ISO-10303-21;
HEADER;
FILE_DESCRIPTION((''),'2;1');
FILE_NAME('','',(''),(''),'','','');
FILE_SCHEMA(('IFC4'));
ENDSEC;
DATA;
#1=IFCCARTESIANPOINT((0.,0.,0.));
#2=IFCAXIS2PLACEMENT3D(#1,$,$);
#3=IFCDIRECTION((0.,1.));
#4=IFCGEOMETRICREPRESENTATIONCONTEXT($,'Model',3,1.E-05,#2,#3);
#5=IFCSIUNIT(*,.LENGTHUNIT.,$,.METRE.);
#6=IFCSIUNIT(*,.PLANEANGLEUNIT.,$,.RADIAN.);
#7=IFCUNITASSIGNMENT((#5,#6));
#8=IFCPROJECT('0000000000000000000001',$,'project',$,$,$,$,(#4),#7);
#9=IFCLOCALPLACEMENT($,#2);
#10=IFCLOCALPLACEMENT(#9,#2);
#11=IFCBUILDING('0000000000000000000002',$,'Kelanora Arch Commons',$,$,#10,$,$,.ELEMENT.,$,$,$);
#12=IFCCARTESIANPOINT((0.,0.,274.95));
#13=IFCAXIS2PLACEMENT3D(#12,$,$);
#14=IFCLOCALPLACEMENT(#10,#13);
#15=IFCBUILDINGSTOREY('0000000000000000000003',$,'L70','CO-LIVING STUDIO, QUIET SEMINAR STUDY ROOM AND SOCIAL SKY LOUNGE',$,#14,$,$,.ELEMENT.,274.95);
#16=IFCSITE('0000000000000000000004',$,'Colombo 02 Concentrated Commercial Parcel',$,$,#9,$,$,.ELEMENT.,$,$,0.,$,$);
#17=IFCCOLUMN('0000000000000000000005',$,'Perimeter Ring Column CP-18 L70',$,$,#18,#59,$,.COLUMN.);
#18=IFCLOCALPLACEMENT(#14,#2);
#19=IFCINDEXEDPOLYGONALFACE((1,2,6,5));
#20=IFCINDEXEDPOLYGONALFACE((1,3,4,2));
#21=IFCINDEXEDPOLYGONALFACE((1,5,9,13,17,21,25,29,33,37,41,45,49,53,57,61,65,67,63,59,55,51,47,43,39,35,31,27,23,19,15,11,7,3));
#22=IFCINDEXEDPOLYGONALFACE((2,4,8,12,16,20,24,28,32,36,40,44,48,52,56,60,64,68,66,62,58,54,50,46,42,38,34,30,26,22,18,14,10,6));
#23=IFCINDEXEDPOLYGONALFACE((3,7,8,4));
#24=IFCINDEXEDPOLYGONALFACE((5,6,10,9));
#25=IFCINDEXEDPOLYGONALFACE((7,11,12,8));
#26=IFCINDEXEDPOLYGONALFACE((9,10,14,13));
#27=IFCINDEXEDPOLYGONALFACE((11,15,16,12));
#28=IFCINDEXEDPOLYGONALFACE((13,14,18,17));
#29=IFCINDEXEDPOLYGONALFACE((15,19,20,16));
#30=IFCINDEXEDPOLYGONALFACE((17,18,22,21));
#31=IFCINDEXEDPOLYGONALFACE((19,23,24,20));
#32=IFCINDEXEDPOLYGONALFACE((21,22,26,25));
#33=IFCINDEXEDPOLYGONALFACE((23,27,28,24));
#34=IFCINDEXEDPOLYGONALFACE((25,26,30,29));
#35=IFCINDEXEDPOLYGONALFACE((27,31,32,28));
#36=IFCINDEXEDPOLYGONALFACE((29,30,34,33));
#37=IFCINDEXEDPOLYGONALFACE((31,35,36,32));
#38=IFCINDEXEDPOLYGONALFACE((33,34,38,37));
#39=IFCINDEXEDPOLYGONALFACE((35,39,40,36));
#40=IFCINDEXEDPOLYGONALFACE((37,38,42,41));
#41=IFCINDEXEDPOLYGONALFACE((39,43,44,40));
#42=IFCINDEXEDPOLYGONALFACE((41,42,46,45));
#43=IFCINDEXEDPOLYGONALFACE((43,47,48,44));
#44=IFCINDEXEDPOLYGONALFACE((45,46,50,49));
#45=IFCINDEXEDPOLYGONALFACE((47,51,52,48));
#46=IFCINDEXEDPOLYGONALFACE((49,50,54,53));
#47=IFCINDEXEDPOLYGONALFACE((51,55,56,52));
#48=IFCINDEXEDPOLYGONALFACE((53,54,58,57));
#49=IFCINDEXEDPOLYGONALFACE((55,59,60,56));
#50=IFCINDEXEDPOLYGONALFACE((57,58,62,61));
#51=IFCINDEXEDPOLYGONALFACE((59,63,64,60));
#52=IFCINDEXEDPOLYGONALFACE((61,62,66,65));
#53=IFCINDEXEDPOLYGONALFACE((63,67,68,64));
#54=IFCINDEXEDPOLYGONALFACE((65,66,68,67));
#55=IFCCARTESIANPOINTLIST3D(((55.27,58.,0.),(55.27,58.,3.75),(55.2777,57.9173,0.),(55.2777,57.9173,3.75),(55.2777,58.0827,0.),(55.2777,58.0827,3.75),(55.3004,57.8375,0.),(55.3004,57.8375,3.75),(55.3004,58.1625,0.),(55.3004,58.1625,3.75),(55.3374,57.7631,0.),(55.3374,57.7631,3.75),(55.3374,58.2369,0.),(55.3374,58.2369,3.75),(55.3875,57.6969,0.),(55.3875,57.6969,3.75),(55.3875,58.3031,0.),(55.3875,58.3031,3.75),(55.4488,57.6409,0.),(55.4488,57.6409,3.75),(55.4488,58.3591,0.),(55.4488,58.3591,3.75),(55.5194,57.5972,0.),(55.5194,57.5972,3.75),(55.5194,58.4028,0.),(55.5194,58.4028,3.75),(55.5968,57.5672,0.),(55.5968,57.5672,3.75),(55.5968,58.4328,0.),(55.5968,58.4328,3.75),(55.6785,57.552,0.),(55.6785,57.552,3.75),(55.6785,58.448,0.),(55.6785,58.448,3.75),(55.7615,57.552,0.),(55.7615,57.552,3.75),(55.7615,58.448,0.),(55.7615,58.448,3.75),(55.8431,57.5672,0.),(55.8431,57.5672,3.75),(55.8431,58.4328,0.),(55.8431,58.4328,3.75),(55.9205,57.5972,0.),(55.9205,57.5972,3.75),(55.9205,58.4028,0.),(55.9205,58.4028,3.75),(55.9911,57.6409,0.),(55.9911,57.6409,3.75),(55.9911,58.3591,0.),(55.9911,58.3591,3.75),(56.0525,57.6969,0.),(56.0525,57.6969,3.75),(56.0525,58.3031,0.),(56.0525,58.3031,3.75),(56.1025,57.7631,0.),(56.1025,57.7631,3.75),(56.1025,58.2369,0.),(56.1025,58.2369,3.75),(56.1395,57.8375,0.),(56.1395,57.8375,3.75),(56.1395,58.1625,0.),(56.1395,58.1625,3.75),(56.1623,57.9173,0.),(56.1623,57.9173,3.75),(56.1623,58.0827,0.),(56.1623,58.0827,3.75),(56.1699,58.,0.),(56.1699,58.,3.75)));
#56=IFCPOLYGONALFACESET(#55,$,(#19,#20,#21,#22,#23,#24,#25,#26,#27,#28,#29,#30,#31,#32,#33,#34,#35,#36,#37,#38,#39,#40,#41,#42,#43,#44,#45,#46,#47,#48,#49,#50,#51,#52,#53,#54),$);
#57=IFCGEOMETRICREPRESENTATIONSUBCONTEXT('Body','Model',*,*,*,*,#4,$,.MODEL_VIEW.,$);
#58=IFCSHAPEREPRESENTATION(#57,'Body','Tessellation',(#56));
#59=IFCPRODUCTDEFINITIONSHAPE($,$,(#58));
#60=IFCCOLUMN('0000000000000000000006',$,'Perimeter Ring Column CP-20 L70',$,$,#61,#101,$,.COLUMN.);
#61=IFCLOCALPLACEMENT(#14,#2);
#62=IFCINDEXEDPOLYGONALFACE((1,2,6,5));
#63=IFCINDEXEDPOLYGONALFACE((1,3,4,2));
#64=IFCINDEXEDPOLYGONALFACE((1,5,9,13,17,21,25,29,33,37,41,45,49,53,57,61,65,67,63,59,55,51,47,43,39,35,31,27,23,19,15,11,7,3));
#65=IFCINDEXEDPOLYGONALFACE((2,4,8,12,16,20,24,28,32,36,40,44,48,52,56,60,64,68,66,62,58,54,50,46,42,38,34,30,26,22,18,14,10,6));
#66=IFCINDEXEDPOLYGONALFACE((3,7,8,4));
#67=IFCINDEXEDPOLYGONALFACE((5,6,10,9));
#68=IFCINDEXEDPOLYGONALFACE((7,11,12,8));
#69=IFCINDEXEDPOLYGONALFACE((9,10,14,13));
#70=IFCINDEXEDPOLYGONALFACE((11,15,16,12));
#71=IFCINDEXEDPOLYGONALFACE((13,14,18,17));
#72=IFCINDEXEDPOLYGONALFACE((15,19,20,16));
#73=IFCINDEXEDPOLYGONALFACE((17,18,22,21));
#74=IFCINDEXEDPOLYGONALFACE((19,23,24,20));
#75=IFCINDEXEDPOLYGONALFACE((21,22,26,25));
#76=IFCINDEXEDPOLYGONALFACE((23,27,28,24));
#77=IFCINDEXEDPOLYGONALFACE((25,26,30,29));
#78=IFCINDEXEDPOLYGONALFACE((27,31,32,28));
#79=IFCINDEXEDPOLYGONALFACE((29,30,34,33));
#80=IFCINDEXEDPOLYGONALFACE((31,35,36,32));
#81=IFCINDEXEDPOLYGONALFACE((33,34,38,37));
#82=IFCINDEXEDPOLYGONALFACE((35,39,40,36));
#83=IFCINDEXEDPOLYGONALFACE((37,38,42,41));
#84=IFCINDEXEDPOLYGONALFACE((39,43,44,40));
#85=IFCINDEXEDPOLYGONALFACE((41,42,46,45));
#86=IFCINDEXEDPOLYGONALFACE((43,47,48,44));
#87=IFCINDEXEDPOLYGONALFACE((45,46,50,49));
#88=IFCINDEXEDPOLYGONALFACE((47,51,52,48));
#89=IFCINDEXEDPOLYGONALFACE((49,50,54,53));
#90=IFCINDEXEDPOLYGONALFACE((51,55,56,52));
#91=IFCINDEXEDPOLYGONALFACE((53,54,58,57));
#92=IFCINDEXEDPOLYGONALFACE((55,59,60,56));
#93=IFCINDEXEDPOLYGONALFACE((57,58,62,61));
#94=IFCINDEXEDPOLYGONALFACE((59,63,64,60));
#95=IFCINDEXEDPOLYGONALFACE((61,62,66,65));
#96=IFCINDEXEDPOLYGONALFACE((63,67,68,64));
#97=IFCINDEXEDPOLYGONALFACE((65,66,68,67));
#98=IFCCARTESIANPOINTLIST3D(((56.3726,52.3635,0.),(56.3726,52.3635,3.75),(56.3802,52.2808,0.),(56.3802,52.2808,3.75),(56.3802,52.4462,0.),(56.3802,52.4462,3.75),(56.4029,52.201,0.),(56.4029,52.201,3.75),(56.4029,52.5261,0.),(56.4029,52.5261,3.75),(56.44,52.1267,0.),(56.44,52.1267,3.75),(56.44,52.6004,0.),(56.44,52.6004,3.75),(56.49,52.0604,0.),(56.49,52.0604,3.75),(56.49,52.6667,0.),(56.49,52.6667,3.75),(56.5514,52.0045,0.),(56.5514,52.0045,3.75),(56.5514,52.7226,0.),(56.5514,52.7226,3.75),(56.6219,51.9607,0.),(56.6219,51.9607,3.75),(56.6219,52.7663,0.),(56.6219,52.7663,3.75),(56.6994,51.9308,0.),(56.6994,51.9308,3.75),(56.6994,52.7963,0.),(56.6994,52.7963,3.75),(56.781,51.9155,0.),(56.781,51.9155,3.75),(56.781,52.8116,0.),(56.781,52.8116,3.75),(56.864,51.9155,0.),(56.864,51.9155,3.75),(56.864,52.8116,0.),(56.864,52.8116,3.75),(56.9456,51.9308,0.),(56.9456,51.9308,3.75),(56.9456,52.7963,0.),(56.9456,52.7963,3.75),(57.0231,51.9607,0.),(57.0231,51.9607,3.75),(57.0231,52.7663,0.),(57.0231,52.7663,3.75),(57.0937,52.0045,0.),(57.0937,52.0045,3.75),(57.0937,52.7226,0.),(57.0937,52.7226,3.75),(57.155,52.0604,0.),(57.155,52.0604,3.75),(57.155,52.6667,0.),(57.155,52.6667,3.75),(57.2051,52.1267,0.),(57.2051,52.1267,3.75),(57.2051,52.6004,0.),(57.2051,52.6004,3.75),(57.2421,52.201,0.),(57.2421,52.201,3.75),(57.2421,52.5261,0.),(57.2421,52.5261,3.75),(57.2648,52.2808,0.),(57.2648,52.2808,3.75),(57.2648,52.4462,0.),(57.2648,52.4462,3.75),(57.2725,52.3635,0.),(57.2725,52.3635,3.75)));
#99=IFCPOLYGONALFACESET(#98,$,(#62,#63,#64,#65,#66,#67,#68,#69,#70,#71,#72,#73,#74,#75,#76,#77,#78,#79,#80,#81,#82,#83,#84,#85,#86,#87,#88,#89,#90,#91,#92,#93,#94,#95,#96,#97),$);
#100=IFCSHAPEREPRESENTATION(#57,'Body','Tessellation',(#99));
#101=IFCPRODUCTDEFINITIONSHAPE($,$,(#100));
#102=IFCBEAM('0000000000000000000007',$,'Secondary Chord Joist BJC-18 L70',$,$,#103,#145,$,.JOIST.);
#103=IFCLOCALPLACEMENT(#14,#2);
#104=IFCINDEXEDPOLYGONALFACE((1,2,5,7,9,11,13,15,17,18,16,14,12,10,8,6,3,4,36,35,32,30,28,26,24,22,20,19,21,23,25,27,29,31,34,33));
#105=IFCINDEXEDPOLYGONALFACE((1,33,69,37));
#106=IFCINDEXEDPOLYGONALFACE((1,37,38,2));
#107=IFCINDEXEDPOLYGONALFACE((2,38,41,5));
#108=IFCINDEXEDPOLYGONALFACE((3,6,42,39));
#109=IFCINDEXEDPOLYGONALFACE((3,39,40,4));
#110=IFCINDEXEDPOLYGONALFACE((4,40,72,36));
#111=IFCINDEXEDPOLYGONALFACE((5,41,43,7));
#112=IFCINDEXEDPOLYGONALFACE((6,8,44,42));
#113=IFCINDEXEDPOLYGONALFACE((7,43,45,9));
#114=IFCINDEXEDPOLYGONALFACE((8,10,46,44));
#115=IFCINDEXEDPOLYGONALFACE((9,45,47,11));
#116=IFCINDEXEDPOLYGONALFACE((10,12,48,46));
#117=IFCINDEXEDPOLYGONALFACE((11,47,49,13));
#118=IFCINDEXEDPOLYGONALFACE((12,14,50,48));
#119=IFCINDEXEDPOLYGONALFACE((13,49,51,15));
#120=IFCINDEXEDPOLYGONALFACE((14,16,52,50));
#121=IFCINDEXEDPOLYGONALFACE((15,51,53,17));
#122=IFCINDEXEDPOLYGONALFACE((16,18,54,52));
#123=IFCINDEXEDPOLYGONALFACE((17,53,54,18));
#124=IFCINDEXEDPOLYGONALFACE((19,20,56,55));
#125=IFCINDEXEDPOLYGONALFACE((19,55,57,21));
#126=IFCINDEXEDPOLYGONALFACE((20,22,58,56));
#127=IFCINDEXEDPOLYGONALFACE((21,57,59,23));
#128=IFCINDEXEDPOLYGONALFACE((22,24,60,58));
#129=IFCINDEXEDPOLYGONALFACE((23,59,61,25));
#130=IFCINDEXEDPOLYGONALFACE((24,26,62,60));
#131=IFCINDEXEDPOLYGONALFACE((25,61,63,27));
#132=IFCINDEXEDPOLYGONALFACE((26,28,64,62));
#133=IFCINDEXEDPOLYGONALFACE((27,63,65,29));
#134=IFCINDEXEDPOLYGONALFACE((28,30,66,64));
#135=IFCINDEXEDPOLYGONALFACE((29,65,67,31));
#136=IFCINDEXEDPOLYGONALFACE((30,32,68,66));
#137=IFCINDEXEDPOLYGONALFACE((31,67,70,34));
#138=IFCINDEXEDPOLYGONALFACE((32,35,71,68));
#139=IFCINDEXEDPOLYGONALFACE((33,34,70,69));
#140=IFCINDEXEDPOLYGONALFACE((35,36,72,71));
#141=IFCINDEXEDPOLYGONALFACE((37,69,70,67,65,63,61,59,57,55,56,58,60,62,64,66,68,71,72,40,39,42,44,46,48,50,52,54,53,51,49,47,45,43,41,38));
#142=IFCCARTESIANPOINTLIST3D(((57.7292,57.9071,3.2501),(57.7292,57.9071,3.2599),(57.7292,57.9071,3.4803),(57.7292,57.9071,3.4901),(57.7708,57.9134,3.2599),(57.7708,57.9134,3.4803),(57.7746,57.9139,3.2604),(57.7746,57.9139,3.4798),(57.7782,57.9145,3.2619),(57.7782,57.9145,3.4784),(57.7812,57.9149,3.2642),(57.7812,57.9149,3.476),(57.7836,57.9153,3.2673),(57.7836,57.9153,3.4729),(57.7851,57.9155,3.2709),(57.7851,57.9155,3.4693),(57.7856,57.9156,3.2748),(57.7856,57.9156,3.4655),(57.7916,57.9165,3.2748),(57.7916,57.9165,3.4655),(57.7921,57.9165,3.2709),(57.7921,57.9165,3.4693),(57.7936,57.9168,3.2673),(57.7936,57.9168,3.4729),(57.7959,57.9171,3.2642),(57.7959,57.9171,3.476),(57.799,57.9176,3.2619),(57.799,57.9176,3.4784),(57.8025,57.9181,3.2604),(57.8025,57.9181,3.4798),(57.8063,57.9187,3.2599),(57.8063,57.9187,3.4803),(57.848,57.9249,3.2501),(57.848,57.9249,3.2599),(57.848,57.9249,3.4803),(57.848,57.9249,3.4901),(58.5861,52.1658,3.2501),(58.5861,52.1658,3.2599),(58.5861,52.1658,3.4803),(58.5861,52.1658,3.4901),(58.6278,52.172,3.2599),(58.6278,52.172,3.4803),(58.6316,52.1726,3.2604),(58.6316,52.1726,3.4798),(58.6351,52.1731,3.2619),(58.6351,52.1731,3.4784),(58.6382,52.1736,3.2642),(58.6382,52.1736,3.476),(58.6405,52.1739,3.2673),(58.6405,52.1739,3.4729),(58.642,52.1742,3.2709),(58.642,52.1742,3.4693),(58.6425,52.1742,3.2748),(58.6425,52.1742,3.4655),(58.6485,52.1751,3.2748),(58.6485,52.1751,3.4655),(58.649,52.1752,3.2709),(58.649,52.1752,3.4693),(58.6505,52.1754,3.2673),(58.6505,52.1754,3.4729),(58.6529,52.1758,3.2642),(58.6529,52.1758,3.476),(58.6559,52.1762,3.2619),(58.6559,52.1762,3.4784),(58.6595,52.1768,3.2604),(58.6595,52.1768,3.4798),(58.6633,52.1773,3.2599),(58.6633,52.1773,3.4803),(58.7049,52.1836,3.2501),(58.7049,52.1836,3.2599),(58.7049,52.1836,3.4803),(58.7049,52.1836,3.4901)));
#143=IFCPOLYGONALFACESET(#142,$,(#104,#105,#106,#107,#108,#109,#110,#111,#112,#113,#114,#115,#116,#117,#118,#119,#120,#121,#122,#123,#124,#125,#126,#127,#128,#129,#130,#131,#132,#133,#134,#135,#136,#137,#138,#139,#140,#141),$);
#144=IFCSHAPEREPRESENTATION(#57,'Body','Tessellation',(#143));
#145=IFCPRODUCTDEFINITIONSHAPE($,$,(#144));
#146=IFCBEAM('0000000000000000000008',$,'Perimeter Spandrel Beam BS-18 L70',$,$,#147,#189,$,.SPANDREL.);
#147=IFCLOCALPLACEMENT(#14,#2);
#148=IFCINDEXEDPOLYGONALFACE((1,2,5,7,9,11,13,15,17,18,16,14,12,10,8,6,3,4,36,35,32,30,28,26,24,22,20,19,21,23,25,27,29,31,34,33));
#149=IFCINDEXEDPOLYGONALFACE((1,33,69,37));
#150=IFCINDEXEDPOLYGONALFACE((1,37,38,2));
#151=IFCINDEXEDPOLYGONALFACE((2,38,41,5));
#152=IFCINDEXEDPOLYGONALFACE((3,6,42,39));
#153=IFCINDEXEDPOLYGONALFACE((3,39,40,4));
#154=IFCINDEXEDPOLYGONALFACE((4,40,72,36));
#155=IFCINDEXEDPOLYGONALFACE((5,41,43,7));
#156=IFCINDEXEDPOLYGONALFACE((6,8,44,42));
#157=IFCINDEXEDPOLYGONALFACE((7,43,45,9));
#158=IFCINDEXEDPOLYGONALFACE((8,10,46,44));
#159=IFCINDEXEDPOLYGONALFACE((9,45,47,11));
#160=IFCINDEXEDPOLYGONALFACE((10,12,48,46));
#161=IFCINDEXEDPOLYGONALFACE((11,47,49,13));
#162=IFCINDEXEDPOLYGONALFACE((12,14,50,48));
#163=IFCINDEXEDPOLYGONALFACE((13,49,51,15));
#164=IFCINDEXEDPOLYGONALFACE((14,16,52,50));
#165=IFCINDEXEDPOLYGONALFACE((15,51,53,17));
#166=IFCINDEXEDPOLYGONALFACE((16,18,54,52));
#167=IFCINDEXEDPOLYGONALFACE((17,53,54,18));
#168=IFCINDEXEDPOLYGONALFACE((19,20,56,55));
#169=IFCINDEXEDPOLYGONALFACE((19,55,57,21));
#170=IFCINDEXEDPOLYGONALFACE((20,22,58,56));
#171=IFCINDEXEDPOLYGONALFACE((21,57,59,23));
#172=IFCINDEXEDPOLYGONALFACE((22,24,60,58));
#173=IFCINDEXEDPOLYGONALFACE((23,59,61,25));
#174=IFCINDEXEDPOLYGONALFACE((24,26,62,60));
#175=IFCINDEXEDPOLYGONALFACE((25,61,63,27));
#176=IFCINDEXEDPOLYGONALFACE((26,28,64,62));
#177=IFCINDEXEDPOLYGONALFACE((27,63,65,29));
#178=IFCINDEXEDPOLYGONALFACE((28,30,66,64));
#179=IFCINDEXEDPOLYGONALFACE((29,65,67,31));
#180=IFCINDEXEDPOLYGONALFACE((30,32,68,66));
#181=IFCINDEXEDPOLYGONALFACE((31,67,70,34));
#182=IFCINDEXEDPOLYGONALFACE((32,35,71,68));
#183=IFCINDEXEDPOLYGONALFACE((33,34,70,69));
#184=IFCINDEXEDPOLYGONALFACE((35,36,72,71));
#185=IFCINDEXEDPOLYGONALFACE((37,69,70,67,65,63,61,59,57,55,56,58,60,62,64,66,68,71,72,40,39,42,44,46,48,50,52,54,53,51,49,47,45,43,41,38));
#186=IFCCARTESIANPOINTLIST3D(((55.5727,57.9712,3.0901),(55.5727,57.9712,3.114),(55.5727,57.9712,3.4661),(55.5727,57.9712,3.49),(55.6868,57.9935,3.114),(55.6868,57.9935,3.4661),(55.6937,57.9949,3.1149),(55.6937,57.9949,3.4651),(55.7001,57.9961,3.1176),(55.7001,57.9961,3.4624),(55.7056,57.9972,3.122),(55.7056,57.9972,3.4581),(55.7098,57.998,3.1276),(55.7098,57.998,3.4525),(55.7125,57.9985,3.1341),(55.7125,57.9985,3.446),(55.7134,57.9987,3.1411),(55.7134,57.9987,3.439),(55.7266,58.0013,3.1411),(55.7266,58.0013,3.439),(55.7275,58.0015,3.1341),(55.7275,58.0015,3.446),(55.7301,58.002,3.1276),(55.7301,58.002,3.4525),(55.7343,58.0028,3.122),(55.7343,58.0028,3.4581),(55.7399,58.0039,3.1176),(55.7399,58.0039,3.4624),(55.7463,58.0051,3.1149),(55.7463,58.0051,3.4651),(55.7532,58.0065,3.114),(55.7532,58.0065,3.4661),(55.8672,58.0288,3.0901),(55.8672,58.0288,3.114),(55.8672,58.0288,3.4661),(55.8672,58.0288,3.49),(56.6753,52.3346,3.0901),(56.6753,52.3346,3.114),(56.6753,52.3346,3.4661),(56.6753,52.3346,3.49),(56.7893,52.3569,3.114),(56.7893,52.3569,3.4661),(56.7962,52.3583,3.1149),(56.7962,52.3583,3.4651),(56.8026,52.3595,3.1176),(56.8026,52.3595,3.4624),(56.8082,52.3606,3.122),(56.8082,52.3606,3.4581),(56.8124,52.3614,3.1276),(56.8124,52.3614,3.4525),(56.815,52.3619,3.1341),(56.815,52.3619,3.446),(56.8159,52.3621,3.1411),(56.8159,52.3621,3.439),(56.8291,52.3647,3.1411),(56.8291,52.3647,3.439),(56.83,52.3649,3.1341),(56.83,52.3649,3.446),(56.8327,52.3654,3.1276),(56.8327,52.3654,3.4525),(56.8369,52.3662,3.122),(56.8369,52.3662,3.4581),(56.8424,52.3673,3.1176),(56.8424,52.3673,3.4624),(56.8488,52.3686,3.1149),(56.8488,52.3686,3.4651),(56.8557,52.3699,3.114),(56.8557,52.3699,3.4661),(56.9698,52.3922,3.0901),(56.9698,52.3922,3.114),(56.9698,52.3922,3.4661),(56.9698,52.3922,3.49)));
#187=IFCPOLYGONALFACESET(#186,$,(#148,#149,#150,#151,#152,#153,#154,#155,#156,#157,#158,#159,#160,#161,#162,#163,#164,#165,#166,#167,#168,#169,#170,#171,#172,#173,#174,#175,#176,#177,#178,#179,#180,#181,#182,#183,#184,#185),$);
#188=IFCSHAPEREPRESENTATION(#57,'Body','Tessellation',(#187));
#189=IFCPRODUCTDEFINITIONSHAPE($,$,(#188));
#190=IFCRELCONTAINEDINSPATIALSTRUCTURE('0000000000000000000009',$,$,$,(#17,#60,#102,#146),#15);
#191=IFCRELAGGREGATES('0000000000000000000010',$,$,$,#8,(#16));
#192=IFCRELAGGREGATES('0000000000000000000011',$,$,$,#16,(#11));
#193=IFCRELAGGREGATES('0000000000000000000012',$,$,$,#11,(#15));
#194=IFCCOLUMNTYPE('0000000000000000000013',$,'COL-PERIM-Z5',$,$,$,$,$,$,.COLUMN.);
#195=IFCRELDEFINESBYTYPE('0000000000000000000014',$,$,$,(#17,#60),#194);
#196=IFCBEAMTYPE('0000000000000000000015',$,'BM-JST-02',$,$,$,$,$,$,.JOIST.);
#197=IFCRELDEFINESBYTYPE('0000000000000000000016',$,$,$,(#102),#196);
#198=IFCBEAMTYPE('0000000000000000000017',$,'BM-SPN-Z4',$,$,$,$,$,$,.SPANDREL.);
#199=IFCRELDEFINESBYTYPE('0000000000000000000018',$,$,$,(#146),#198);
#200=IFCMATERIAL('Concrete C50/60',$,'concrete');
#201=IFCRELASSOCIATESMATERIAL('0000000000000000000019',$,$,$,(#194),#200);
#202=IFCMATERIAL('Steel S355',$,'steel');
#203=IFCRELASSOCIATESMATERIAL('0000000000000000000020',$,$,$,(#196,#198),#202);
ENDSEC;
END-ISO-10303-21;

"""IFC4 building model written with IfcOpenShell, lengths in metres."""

from ifc_helpers import new_model, si_unit, direction, frame, origin, origin_2d, place, context, subcontext, project, spatial, circle, i_section, extrude, material, material_profile, profile_set, type_object, element, save


model = new_model("IFC4")

# Units and contexts
model_context = context("Model", 3, precision=1e-05, world=origin(), true_north=direction((0.0, 1.0)))
body_context = subcontext(model_context, "Body", "Model", "MODEL_VIEW")
ifc_project = project(units=[si_unit("LENGTHUNIT", "METRE"), si_unit("PLANEANGLEUNIT", "RADIAN")], contexts=[model_context])

# Site, building, storey
site_placement = place(None, origin())
site = spatial("IfcSite", under=ifc_project, at=site_placement, Name="Colombo 02 Concentrated Commercial Parcel", CompositionType="ELEMENT", RefElevation=0.0)
building_placement = place(site_placement, origin())
building = spatial("IfcBuilding", under=site, at=building_placement, Name="Kelanora Arch Commons", CompositionType="ELEMENT")
storey_placement = place(building_placement, frame((0.0, 0.0, 274.95)))
storey = spatial("IfcBuildingStorey", under=building, at=storey_placement, Name="L70", Description="CO-LIVING STUDIO, QUIET SEMINAR STUDY ROOM AND SOCIAL SKY LOUNGE", CompositionType="ELEMENT", Elevation=274.95)

# Columns
ifc_material_1 = material(Name="Concrete C50/60", Category="concrete")
ifc_material_profile_1 = material_profile(ifc_material_1, circle(Radius=0.45, at=origin_2d()), Name="RCC900")
ifc_profile_set_1 = profile_set([ifc_material_profile_1], Name="Concrete C50/60")
column_type = type_object("IfcColumnType", Name="COL-PERIM-Z5", PredefinedType="COLUMN", material=ifc_profile_set_1)
for number, where, z_axis, x_axis, name in (
    (1, (55.72, 58.0, 0.0), (0.0, 0.0, 1.0), (1.0, 0.0, 0.0), "Perimeter Ring Column CP-18 L70"),
    (2, (56.8225, 52.3635, 0.0), (0.0, 0.0, 1.0), (1.0, 0.0, 0.0), "Perimeter Ring Column CP-20 L70"),
):
    element("IfcColumn", number, at=place(storey_placement, frame(where, z_axis=z_axis, x_axis=x_axis)), inside=storey, type_object=column_type, Name=name, PredefinedType="COLUMN", context=body_context, shape_type="SweptSolid", body=[
        extrude(circle(Radius=0.45, at=origin_2d()), origin(), (0.0, 0.0, 1.0), 3.75),
    ])

# Beams
ifc_material_2 = material(Name="Steel S355", Category="steel")
ifc_material_profile_2 = material_profile(ifc_material_2, i_section(OverallWidth=0.1201, OverallDepth=0.24, WebThickness=0.0061, FlangeThickness=0.0098, FilletRadius=0.0149, at=origin_2d()), Name="IPE240")
ifc_profile_set_2 = profile_set([ifc_material_profile_2], Name="Steel S355")
beam_type_1 = type_object("IfcBeamType", Name="BM-JST-02", PredefinedType="JOIST", material=ifc_profile_set_2)
beam_1_placement = place(storey_placement, frame((57.7886, 57.916, 3.3701), z_axis=(0.147625, -0.989043, 0.0), x_axis=(0.989043, 0.147625, 0.0)))
element("IfcBeam", 3, at=beam_1_placement, inside=storey, type_object=beam_type_1, Name="Secondary Chord Joist BJC-18 L70", PredefinedType="JOIST", context=body_context, shape_type="SweptSolid", body=[
    extrude(i_section(OverallWidth=0.1201, OverallDepth=0.24, WebThickness=0.0061, FlangeThickness=0.0098, FilletRadius=0.0149, at=origin_2d()), origin(), (0.0, 0.0, 1.0), 5.8049),
])
ifc_material_profile_3 = material_profile(ifc_material_2, i_section(OverallWidth=0.3, OverallDepth=0.3999, WebThickness=0.0134, FlangeThickness=0.0239, FilletRadius=0.0271, at=origin_2d()), Name="HEB400")
ifc_profile_set_3 = profile_set([ifc_material_profile_3], Name="Steel S355")
beam_type_2 = type_object("IfcBeamType", Name="BM-SPN-Z4", PredefinedType="SPANDREL", material=ifc_profile_set_3)
beam_2_placement = place(storey_placement, frame((55.72, 58.0, 3.29), z_axis=(0.19197, -0.981401, 0.0), x_axis=(0.981401, 0.19197, 0.0)))
element("IfcBeam", 4, at=beam_2_placement, inside=storey, type_object=beam_type_2, Name="Perimeter Spandrel Beam BS-18 L70", PredefinedType="SPANDREL", context=body_context, shape_type="SweptSolid", body=[
    extrude(i_section(OverallWidth=0.3, OverallDepth=0.3999, WebThickness=0.0134, FlangeThickness=0.0239, FilletRadius=0.0271, at=origin_2d()), origin(), (0.0, 0.0, 1.0), 5.7434),
])

save(model, "model.ifc")
